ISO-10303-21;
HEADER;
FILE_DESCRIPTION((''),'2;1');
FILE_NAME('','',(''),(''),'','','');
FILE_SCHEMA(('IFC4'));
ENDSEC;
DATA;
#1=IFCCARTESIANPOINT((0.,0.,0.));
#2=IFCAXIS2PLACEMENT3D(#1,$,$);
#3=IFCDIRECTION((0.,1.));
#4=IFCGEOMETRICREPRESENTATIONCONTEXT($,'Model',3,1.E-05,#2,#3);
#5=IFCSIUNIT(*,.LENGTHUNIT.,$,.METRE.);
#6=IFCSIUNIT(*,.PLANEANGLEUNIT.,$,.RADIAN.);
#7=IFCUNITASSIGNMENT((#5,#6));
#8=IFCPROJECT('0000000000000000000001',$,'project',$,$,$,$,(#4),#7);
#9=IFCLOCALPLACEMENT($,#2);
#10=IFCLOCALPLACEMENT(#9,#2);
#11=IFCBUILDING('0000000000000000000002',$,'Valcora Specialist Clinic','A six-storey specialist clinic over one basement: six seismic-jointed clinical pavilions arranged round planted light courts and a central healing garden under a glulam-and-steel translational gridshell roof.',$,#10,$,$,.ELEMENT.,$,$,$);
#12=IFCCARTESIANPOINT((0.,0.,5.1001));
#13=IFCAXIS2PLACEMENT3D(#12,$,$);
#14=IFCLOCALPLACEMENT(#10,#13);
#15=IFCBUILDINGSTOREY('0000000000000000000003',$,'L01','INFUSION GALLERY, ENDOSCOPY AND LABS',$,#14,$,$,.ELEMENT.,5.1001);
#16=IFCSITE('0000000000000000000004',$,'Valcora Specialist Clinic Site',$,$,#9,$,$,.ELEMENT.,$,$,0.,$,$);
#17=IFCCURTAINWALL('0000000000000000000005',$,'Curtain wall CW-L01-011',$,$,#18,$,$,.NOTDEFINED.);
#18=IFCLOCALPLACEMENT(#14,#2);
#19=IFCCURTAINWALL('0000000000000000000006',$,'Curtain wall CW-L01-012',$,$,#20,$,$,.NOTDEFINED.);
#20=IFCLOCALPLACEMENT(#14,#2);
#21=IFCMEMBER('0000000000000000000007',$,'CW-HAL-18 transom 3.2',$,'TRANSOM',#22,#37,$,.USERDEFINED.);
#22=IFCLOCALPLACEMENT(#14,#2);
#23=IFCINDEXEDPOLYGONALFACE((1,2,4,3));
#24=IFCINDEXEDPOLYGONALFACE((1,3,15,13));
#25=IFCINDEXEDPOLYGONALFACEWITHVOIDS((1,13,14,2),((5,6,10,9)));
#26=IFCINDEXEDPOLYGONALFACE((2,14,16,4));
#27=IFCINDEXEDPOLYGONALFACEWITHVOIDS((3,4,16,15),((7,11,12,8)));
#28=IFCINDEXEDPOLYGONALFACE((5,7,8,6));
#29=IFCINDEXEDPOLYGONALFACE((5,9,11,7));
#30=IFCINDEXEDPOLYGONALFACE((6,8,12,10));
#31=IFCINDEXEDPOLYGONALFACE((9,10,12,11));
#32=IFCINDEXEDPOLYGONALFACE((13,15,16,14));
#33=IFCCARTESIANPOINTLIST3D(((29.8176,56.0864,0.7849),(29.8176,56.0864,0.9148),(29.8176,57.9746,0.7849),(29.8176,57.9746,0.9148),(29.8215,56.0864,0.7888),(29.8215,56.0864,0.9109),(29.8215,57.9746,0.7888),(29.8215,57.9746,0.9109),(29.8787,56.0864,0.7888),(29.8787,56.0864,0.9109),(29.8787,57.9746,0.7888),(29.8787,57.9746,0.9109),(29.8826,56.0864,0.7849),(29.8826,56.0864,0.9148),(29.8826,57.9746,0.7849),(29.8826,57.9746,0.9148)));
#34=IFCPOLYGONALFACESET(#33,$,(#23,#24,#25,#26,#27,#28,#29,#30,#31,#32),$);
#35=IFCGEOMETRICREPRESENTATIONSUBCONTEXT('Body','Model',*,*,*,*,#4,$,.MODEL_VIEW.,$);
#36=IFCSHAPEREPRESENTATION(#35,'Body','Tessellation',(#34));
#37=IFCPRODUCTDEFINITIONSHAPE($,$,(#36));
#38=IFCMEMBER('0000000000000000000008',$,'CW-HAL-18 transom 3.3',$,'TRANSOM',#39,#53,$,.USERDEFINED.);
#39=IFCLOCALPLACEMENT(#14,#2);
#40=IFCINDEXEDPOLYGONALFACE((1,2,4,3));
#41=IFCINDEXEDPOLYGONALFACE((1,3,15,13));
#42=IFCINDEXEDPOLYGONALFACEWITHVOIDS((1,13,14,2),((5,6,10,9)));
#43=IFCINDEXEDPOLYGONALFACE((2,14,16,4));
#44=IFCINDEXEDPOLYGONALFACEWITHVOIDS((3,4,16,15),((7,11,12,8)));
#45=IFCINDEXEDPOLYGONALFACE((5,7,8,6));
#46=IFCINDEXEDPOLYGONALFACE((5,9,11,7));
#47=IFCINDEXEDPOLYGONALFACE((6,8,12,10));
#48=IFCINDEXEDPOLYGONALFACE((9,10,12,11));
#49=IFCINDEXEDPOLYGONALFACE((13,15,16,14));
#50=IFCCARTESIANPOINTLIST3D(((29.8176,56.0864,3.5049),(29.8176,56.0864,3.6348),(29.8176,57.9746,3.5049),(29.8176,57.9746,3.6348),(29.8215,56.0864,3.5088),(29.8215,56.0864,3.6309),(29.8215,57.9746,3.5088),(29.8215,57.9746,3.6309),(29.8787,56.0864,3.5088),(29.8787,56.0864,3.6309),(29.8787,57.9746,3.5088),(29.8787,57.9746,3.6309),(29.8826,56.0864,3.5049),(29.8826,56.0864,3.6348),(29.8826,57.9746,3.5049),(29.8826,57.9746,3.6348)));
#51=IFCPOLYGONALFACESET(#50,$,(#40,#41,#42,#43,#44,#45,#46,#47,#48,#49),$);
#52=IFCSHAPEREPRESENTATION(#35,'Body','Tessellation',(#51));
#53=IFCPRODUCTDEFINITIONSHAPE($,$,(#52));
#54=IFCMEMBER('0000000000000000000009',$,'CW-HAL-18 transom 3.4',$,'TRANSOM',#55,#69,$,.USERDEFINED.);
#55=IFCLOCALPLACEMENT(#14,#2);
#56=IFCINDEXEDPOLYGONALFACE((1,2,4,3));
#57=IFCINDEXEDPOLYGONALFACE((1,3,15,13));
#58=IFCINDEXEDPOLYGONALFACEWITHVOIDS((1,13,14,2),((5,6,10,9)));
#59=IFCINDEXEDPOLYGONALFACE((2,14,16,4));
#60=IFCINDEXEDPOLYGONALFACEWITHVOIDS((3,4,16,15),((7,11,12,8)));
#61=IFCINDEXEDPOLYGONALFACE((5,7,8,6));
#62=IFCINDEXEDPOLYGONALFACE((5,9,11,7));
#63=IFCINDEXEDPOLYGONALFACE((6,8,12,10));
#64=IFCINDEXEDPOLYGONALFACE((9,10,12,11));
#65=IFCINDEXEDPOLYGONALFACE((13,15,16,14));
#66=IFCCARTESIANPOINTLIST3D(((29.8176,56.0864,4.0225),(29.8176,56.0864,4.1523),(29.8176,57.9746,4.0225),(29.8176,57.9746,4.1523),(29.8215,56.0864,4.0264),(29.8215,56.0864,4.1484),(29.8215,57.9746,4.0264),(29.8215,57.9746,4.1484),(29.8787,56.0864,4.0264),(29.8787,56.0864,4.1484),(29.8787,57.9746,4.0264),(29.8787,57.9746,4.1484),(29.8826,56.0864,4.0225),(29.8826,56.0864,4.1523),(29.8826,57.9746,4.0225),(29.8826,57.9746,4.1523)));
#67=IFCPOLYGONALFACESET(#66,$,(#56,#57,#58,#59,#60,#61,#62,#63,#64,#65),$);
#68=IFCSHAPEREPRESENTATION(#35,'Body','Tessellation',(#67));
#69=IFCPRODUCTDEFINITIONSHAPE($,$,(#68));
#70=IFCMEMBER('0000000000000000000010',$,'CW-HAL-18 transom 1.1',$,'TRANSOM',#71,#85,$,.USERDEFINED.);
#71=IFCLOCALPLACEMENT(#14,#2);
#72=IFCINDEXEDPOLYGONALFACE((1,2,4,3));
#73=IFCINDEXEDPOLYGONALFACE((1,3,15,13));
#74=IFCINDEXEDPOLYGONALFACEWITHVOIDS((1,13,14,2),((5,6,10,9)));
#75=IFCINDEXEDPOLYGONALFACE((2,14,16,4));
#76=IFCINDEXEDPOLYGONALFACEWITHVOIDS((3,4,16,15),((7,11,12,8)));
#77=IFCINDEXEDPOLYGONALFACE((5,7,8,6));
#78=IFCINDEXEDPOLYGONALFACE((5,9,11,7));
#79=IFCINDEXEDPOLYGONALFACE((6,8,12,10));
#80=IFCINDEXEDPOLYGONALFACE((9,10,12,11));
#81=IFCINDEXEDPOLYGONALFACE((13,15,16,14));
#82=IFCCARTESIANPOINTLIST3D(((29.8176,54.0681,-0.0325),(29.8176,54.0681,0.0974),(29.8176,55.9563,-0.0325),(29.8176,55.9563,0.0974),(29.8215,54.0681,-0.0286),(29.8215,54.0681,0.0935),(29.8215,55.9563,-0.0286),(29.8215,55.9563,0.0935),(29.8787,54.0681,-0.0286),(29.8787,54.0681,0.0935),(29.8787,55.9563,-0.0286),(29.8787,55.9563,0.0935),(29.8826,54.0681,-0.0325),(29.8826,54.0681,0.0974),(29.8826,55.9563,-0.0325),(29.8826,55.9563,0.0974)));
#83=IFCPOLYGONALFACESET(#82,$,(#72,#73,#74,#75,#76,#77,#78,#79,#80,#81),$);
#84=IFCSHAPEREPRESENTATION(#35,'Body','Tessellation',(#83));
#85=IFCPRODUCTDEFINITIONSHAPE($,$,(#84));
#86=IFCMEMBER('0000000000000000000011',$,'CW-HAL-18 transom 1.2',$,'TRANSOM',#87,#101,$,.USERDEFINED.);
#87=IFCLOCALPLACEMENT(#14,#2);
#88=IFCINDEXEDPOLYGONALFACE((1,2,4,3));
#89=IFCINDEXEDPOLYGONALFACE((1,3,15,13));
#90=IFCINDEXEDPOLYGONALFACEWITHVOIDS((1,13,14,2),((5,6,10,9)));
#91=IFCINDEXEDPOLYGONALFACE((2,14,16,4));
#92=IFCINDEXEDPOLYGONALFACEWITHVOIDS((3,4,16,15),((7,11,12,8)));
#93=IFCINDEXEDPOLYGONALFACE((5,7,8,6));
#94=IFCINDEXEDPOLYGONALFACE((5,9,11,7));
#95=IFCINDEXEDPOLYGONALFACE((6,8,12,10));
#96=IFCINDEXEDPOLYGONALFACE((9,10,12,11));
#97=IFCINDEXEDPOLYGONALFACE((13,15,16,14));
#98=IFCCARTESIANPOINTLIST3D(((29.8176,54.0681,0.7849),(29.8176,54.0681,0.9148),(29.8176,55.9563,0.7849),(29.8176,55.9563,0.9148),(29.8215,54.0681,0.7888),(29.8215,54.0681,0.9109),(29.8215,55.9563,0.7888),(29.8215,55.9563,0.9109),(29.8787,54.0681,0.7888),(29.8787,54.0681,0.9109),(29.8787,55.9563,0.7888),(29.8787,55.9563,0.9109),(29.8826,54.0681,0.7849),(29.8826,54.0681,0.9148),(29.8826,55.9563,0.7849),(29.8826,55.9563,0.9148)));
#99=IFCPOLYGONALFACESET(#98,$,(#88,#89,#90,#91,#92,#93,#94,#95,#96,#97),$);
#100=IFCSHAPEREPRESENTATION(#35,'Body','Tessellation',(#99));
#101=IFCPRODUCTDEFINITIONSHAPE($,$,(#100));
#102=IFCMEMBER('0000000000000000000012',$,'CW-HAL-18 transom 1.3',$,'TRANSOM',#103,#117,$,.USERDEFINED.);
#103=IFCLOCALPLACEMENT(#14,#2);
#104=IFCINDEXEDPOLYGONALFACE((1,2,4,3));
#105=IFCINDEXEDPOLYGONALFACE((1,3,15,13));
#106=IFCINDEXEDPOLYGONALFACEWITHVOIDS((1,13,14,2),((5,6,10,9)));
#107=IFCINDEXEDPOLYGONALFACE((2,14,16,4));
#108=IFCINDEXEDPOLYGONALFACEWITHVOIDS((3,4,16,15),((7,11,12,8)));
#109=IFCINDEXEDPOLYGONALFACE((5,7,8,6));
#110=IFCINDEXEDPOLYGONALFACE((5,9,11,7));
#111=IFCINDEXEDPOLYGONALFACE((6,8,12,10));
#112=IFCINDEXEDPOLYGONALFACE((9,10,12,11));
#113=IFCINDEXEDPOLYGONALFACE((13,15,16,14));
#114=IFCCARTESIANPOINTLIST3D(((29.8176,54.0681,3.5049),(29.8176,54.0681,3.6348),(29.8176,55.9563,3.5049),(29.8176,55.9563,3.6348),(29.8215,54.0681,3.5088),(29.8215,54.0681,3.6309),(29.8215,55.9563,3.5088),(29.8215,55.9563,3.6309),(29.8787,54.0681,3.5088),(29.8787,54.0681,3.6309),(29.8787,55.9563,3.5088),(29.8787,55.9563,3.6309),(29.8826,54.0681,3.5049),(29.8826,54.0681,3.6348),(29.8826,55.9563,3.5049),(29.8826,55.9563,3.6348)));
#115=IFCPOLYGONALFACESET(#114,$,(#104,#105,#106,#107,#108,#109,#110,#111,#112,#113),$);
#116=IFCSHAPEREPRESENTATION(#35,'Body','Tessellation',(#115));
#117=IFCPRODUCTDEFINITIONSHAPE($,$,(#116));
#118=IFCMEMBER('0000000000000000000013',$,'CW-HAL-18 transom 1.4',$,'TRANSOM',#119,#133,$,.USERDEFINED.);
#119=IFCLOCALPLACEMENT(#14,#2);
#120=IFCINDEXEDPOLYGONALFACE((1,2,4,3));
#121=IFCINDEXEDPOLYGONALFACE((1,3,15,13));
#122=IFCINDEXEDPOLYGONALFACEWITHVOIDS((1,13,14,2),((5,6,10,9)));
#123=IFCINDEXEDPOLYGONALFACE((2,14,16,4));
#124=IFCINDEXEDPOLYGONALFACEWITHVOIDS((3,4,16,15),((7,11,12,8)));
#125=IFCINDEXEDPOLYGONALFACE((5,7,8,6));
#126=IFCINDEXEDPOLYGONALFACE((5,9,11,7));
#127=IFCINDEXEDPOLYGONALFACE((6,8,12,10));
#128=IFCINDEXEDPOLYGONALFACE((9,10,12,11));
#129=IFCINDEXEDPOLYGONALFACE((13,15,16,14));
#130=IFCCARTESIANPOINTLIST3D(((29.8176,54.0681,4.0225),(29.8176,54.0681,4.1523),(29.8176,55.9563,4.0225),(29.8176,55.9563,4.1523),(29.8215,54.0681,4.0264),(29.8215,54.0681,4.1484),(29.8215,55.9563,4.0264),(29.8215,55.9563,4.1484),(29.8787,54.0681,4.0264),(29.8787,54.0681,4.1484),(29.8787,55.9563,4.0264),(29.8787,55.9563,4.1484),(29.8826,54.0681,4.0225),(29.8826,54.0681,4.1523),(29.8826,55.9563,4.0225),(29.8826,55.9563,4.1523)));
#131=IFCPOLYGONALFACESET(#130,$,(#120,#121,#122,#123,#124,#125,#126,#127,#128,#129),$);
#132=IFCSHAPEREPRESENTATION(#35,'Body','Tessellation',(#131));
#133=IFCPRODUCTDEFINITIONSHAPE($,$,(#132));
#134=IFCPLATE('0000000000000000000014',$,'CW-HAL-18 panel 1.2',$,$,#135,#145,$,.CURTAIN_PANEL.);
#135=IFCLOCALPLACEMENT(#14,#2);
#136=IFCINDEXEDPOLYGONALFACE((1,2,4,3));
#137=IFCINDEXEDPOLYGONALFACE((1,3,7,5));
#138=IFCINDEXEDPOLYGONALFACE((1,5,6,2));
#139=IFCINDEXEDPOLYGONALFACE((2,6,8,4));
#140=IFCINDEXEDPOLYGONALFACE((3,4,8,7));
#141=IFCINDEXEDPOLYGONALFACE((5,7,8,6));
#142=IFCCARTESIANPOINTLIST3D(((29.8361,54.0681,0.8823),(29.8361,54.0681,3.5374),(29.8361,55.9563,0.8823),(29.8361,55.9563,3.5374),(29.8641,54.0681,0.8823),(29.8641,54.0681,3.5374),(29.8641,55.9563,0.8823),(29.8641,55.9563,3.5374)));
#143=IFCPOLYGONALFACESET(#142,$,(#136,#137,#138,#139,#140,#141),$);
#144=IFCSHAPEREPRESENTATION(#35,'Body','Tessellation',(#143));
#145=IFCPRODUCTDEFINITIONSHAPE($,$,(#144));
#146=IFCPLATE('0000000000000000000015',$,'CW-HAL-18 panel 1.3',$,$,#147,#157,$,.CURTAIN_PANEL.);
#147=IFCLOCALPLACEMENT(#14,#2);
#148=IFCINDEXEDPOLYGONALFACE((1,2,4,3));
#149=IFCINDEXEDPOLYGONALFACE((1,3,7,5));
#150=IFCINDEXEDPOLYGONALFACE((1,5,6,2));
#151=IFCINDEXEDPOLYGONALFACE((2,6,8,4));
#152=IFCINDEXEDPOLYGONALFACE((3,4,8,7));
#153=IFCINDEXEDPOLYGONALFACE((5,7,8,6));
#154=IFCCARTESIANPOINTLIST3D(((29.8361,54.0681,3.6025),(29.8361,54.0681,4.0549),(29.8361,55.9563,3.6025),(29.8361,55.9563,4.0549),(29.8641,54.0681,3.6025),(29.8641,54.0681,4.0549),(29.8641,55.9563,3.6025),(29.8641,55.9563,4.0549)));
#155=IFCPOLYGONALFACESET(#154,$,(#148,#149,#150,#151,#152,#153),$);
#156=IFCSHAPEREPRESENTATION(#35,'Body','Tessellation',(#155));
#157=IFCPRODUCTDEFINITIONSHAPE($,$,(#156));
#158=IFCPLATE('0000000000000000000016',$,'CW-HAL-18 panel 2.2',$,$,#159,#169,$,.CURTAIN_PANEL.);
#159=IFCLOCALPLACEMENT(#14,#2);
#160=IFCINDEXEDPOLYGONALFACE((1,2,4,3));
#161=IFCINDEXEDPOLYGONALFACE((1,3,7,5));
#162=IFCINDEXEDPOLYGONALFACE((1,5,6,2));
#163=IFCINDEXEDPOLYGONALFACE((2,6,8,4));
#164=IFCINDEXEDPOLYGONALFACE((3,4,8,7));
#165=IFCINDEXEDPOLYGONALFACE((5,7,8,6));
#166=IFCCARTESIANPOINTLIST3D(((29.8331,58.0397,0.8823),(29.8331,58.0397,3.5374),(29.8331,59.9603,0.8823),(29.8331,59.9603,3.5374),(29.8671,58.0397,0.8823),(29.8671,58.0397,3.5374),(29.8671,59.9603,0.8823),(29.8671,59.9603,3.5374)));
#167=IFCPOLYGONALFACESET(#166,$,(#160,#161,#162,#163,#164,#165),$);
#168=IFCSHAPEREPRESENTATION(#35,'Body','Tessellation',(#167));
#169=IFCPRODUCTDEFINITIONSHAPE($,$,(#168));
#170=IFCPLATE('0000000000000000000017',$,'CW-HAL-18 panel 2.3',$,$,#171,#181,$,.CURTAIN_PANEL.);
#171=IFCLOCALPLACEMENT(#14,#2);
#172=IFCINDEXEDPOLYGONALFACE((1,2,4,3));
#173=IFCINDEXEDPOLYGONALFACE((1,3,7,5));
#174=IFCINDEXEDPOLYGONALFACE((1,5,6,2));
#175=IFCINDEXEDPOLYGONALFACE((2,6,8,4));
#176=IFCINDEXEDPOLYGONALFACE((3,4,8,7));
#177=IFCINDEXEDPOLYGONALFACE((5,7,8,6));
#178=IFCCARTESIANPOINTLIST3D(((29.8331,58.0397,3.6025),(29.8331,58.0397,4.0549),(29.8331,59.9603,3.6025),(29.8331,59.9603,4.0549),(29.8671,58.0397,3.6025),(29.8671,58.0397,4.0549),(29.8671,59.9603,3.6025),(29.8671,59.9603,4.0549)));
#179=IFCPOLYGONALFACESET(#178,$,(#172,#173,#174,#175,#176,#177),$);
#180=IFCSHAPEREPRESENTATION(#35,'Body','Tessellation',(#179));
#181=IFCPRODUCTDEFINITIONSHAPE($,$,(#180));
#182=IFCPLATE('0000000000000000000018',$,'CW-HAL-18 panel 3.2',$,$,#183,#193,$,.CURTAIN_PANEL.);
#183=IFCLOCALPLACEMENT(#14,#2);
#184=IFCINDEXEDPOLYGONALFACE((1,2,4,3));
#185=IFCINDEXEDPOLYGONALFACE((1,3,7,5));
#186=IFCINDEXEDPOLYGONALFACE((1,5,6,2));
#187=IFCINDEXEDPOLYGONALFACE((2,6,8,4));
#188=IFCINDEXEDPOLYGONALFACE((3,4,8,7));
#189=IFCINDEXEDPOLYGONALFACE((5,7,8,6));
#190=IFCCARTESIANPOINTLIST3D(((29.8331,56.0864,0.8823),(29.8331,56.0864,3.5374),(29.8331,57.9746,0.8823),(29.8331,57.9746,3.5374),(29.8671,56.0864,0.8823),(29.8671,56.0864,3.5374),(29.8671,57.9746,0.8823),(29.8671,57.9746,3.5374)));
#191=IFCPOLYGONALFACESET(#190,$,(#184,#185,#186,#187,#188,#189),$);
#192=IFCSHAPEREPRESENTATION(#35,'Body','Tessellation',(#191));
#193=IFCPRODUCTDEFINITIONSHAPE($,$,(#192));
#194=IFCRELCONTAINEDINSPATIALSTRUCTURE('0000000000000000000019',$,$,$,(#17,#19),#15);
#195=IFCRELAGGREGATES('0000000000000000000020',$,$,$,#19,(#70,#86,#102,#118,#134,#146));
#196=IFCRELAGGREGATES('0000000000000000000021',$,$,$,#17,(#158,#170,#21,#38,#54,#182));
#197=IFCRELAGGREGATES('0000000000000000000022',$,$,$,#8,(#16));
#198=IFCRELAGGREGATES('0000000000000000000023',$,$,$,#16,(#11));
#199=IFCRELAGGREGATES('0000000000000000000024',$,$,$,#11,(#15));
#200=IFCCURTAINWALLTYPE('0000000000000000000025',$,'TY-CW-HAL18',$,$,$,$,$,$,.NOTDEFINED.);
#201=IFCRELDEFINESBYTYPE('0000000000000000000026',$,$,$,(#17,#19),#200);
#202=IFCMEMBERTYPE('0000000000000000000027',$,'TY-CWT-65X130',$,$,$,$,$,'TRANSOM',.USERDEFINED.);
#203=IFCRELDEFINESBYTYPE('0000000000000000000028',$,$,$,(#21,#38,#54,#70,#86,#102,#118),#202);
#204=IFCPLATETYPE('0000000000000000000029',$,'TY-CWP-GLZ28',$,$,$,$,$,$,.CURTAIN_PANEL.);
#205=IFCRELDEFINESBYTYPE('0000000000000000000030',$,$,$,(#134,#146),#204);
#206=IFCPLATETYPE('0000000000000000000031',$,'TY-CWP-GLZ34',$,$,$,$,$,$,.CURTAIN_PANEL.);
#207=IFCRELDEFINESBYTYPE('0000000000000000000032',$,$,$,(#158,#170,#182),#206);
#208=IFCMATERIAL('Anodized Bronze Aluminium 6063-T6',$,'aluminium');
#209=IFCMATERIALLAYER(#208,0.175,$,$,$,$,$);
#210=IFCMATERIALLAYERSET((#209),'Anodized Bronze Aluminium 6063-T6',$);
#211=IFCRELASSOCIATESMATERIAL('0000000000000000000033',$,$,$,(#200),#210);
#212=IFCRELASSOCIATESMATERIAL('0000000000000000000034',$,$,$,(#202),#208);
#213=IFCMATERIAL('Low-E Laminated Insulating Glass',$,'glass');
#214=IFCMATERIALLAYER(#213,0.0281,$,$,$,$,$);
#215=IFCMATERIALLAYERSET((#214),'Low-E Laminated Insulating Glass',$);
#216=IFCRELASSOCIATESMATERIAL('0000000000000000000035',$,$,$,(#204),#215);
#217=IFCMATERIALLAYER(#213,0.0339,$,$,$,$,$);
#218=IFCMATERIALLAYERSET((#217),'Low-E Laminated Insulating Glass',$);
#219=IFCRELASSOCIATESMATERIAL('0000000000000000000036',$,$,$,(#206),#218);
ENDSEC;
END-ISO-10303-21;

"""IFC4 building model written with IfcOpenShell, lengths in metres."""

from ifc_helpers import new_model, si_unit, direction, frame, origin, origin_2d, place, context, subcontext, project, spatial, rectangle, hollow_rectangle, extrude, material, layer, layer_set, material_profile, profile_set, type_object, element, aggregate, save


model = new_model("IFC4")

# Units and contexts
model_context = context("Model", 3, precision=1e-05, world=origin(), true_north=direction((0.0, 1.0)))
body_context = subcontext(model_context, "Body", "Model", "MODEL_VIEW")
ifc_project = project(units=[si_unit("LENGTHUNIT", "METRE"), si_unit("PLANEANGLEUNIT", "RADIAN")], contexts=[model_context])

# Site, building, storey
site_placement = place(None, origin())
site = spatial("IfcSite", under=ifc_project, at=site_placement, Name="Valcora Specialist Clinic Site", CompositionType="ELEMENT", RefElevation=0.0)
building_placement = place(site_placement, origin())
building = spatial("IfcBuilding", under=site, at=building_placement, Name="Valcora Specialist Clinic", Description="A six-storey specialist clinic over one basement: six seismic-jointed clinical pavilions arranged round planted light courts and a central healing garden under a glulam-and-steel translational gridshell roof.", CompositionType="ELEMENT")
storey_placement = place(building_placement, frame((0.0, 0.0, 5.1001)))
storey = spatial("IfcBuildingStorey", under=building, at=storey_placement, Name="L01", Description="INFUSION GALLERY, ENDOSCOPY AND LABS", CompositionType="ELEMENT", Elevation=5.1001)

# Curtain wall
ifc_material_1 = material(Name="Anodized Bronze Aluminium 6063-T6", Category="aluminium")
ifc_layer_1 = layer(ifc_material_1, 0.175)
ifc_layer_set_1 = layer_set([ifc_layer_1], Name="Anodized Bronze Aluminium 6063-T6")
curtain_wall_type = type_object("IfcCurtainWallType", Name="TY-CW-HAL18", PredefinedType="NOTDEFINED", material=ifc_layer_set_1)
curtain_wall_1_placement = place(storey_placement, origin())
curtain_wall_1 = element("IfcCurtainWall", 1, at=curtain_wall_1_placement, inside=storey, type_object=curtain_wall_type, Name="Curtain wall CW-L01-011", PredefinedType="NOTDEFINED")

# Curtain wall
curtain_wall_2_placement = place(storey_placement, origin())
curtain_wall_2 = element("IfcCurtainWall", 2, at=curtain_wall_2_placement, inside=storey, type_object=curtain_wall_type, Name="Curtain wall CW-L01-012", PredefinedType="NOTDEFINED")

# Members
ifc_material_profile_1 = material_profile(ifc_material_1, hollow_rectangle(XDim=0.0649, YDim=0.1299, WallThickness=0.0039, at=origin_2d()), Name="AL-TRN-65X130")
ifc_profile_set_1 = profile_set([ifc_material_profile_1], Name="Anodized Bronze Aluminium 6063-T6")
member_type_1 = type_object("IfcMemberType", Name="TY-CWT-65X130", ElementType="TRANSOM", PredefinedType="USERDEFINED", material=ifc_profile_set_1)
member_1_placement = place(storey_placement, frame((29.8501, 57.9746, 0.8499), z_axis=(0.0, -1.0, 0.0), x_axis=(1.0, 0.0, 0.0)))
member_1 = element("IfcMember", 3, at=member_1_placement, type_object=member_type_1, Name="CW-HAL-18 transom 3.2", ObjectType="TRANSOM", PredefinedType="USERDEFINED", context=body_context, shape_type="SweptSolid", body=[
    extrude(hollow_rectangle(XDim=0.0649, YDim=0.1299, WallThickness=0.0039, at=origin_2d()), origin(), (0.0, 0.0, 1.0), 1.8882),
])
member_2_placement = place(storey_placement, frame((29.8501, 57.9746, 3.5698), z_axis=(0.0, -1.0, 0.0), x_axis=(1.0, 0.0, 0.0)))
member_2 = element("IfcMember", 4, at=member_2_placement, type_object=member_type_1, Name="CW-HAL-18 transom 3.3", ObjectType="TRANSOM", PredefinedType="USERDEFINED", context=body_context, shape_type="SweptSolid", body=[
    extrude(hollow_rectangle(XDim=0.0649, YDim=0.1299, WallThickness=0.0039, at=origin_2d()), origin(), (0.0, 0.0, 1.0), 1.8882),
])
member_3_placement = place(storey_placement, frame((29.8501, 57.9746, 4.0874), z_axis=(0.0, -1.0, 0.0), x_axis=(1.0, 0.0, 0.0)))
member_3 = element("IfcMember", 5, at=member_3_placement, type_object=member_type_1, Name="CW-HAL-18 transom 3.4", ObjectType="TRANSOM", PredefinedType="USERDEFINED", context=body_context, shape_type="SweptSolid", body=[
    extrude(hollow_rectangle(XDim=0.0649, YDim=0.1299, WallThickness=0.0039, at=origin_2d()), origin(), (0.0, 0.0, 1.0), 1.8882),
])
member_4_placement = place(storey_placement, frame((29.8501, 55.9563, 0.0325), z_axis=(0.0, -1.0, 0.0), x_axis=(1.0, 0.0, 0.0)))
member_4 = element("IfcMember", 6, at=member_4_placement, type_object=member_type_1, Name="CW-HAL-18 transom 1.1", ObjectType="TRANSOM", PredefinedType="USERDEFINED", context=body_context, shape_type="SweptSolid", body=[
    extrude(hollow_rectangle(XDim=0.0649, YDim=0.1299, WallThickness=0.0039, at=origin_2d()), origin(), (0.0, 0.0, 1.0), 1.8882),
])
member_5_placement = place(storey_placement, frame((29.8501, 55.9563, 0.8499), z_axis=(0.0, -1.0, 0.0), x_axis=(1.0, 0.0, 0.0)))
member_5 = element("IfcMember", 7, at=member_5_placement, type_object=member_type_1, Name="CW-HAL-18 transom 1.2", ObjectType="TRANSOM", PredefinedType="USERDEFINED", context=body_context, shape_type="SweptSolid", body=[
    extrude(hollow_rectangle(XDim=0.0649, YDim=0.1299, WallThickness=0.0039, at=origin_2d()), origin(), (0.0, 0.0, 1.0), 1.8882),
])
member_6_placement = place(storey_placement, frame((29.8501, 55.9563, 3.5698), z_axis=(0.0, -1.0, 0.0), x_axis=(1.0, 0.0, 0.0)))
member_6 = element("IfcMember", 8, at=member_6_placement, type_object=member_type_1, Name="CW-HAL-18 transom 1.3", ObjectType="TRANSOM", PredefinedType="USERDEFINED", context=body_context, shape_type="SweptSolid", body=[
    extrude(hollow_rectangle(XDim=0.0649, YDim=0.1299, WallThickness=0.0039, at=origin_2d()), origin(), (0.0, 0.0, 1.0), 1.8882),
])
member_7_placement = place(storey_placement, frame((29.8501, 55.9563, 4.0874), z_axis=(0.0, -1.0, 0.0), x_axis=(1.0, 0.0, 0.0)))
member_7 = element("IfcMember", 9, at=member_7_placement, type_object=member_type_1, Name="CW-HAL-18 transom 1.4", ObjectType="TRANSOM", PredefinedType="USERDEFINED", context=body_context, shape_type="SweptSolid", body=[
    extrude(hollow_rectangle(XDim=0.0649, YDim=0.1299, WallThickness=0.0039, at=origin_2d()), origin(), (0.0, 0.0, 1.0), 1.8882),
])

# Plates
ifc_material_2 = material(Name="Low-E Laminated Insulating Glass", Category="glass")
ifc_layer_2 = layer(ifc_material_2, 0.0281)
ifc_layer_set_2 = layer_set([ifc_layer_2], Name="Low-E Laminated Insulating Glass")
plate_type_1 = type_object("IfcPlateType", Name="TY-CWP-GLZ28", PredefinedType="CURTAIN_PANEL", material=ifc_layer_set_2)
plate_1_placement = place(storey_placement, frame((29.8501, 55.0122, 0.8823), z_axis=(0.0, 0.0, 1.0), x_axis=(0.0, -1.0, 0.0)))
plate_1 = element("IfcPlate", 10, at=plate_1_placement, type_object=plate_type_1, Name="CW-HAL-18 panel 1.2", PredefinedType="CURTAIN_PANEL", context=body_context, shape_type="SweptSolid", body=[
    extrude(rectangle(XDim=1.8882, YDim=0.0281, at=origin_2d()), origin(), (0.0, 0.0, 1.0), 2.655),
])
plate_2_placement = place(storey_placement, frame((29.8501, 55.0122, 3.6025), z_axis=(0.0, 0.0, 1.0), x_axis=(0.0, -1.0, 0.0)))
plate_2 = element("IfcPlate", 11, at=plate_2_placement, type_object=plate_type_1, Name="CW-HAL-18 panel 1.3", PredefinedType="CURTAIN_PANEL", context=body_context, shape_type="SweptSolid", body=[
    extrude(rectangle(XDim=1.8882, YDim=0.0281, at=origin_2d()), origin(), (0.0, 0.0, 1.0), 0.4524),
])
aggregate(curtain_wall_2, [member_4, member_5, member_6, member_7, plate_1, plate_2])
ifc_layer_3 = layer(ifc_material_2, 0.0339)
ifc_layer_set_3 = layer_set([ifc_layer_3], Name="Low-E Laminated Insulating Glass")
plate_type_2 = type_object("IfcPlateType", Name="TY-CWP-GLZ34", PredefinedType="CURTAIN_PANEL", material=ifc_layer_set_3)
plate_3_placement = place(storey_placement, frame((29.8501, 59.0, 0.8823), z_axis=(0.0, 0.0, 1.0), x_axis=(0.0, -1.0, 0.0)))
plate_3 = element("IfcPlate", 12, at=plate_3_placement, type_object=plate_type_2, Name="CW-HAL-18 panel 2.2", PredefinedType="CURTAIN_PANEL", context=body_context, shape_type="SweptSolid", body=[
    extrude(rectangle(XDim=1.9207, YDim=0.0339, at=origin_2d()), origin(), (0.0, 0.0, 1.0), 2.655),
])
plate_4_placement = place(storey_placement, frame((29.8501, 59.0, 3.6025), z_axis=(0.0, 0.0, 1.0), x_axis=(0.0, -1.0, 0.0)))
plate_4 = element("IfcPlate", 13, at=plate_4_placement, type_object=plate_type_2, Name="CW-HAL-18 panel 2.3", PredefinedType="CURTAIN_PANEL", context=body_context, shape_type="SweptSolid", body=[
    extrude(rectangle(XDim=1.9207, YDim=0.0339, at=origin_2d()), origin(), (0.0, 0.0, 1.0), 0.4524),
])
plate_5_placement = place(storey_placement, frame((29.8501, 57.0305, 0.8823), z_axis=(0.0, 0.0, 1.0), x_axis=(0.0, -1.0, 0.0)))
plate_5 = element("IfcPlate", 14, at=plate_5_placement, type_object=plate_type_2, Name="CW-HAL-18 panel 3.2", PredefinedType="CURTAIN_PANEL", context=body_context, shape_type="SweptSolid", body=[
    extrude(rectangle(XDim=1.8882, YDim=0.0339, at=origin_2d()), origin(), (0.0, 0.0, 1.0), 2.655),
])
aggregate(curtain_wall_1, [plate_3, plate_4, member_1, member_2, member_3, plate_5])

save(model, "model.ifc")
